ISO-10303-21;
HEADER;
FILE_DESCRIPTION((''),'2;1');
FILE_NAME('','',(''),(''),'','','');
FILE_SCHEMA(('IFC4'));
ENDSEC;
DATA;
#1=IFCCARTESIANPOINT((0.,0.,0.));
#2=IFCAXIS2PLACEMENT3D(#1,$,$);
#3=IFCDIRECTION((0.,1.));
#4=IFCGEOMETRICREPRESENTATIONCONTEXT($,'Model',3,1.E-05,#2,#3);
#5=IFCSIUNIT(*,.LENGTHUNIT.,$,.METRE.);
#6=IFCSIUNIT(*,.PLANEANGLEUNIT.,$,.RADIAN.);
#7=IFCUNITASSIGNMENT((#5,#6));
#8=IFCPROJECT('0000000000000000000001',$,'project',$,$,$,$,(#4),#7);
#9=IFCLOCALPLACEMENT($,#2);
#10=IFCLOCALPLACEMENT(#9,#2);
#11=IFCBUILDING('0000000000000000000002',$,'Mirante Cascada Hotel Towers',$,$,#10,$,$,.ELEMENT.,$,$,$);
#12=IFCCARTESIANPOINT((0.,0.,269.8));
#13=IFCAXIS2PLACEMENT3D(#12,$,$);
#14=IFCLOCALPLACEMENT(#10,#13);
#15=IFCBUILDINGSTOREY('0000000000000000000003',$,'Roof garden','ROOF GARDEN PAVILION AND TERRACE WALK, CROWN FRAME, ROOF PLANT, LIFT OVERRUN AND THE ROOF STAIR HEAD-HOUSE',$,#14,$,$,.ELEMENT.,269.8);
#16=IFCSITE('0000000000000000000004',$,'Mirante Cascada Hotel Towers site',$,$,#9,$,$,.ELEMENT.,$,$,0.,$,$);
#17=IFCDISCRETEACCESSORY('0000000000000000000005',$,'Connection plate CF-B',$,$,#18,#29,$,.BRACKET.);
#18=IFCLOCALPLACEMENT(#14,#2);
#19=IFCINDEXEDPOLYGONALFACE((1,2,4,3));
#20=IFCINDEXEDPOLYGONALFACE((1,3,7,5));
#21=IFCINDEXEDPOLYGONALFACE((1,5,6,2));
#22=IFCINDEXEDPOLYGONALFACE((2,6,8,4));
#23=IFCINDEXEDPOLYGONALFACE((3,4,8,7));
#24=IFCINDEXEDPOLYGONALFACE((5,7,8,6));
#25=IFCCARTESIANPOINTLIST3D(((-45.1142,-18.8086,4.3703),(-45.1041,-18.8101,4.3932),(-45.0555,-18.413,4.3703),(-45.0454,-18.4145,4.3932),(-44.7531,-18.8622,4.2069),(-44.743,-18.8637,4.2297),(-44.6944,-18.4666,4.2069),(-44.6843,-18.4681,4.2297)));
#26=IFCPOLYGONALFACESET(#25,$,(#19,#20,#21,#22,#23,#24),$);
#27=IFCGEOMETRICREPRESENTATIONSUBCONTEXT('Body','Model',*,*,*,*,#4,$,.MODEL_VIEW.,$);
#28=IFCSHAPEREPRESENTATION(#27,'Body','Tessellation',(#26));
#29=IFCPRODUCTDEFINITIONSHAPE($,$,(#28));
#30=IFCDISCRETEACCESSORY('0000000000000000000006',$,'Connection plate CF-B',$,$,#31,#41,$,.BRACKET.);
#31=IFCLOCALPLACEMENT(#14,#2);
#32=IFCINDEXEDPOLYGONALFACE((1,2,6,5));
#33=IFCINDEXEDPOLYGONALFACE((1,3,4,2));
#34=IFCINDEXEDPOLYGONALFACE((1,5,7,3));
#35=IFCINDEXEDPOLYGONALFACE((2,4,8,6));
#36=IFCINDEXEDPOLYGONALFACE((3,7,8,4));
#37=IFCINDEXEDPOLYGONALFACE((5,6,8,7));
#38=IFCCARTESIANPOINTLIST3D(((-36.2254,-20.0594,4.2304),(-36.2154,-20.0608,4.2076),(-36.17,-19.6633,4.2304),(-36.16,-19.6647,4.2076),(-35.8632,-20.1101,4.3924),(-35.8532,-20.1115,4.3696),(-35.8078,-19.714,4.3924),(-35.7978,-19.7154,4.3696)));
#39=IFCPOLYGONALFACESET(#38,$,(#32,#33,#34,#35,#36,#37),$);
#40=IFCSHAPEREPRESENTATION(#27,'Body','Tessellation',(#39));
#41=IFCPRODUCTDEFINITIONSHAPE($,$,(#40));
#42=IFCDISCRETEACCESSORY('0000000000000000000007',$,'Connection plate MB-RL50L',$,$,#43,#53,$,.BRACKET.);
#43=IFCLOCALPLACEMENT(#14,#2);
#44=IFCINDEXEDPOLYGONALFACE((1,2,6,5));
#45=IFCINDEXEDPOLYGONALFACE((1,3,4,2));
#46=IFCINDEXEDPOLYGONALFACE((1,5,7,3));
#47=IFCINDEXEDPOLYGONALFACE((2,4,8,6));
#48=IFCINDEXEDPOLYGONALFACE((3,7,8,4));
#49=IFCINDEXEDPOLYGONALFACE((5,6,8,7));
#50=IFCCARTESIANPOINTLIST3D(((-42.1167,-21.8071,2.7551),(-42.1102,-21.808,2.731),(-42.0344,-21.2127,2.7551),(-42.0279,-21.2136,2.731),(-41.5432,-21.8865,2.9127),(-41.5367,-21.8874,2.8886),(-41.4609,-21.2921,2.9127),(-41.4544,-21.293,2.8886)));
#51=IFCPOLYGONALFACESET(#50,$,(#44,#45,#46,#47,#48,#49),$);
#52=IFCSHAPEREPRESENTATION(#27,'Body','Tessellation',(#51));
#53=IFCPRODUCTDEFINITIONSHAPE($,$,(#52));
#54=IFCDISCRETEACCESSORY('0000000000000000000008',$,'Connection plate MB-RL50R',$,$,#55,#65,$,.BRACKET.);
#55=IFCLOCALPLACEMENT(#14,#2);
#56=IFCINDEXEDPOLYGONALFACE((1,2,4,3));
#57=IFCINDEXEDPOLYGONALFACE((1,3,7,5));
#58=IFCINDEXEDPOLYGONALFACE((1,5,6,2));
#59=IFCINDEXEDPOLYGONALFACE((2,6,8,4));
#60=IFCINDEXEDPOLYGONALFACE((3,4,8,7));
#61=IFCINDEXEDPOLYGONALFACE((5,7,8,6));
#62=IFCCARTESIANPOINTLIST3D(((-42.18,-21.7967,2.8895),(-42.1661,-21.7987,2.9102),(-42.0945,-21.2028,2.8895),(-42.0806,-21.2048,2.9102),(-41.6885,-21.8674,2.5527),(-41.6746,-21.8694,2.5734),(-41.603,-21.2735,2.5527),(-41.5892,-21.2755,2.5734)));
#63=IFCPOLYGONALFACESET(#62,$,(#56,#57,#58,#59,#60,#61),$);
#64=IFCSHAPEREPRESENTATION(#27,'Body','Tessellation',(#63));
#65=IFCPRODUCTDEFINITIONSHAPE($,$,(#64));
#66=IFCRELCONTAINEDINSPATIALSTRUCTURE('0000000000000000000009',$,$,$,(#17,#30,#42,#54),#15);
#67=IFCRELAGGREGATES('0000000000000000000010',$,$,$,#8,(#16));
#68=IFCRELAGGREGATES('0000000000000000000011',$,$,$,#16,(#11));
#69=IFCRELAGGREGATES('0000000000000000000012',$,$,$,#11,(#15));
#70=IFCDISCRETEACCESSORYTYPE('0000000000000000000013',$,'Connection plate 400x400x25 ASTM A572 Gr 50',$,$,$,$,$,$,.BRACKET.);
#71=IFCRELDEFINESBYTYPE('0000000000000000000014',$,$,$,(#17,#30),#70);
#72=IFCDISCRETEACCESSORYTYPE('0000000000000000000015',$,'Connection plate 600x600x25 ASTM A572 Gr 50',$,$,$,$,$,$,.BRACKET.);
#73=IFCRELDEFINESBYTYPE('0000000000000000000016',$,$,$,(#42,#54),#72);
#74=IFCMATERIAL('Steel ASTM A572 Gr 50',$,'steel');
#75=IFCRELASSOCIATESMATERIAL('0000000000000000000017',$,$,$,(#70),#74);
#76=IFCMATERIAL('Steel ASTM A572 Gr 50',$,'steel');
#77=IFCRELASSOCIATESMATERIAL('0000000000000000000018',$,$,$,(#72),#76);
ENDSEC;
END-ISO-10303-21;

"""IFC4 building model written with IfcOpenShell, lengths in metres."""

from ifc_helpers import new_model, si_unit, direction, frame, origin, origin_2d, place, context, subcontext, project, spatial, rectangle, extrude, material, material_profile, profile_set, type_object, element, save


model = new_model("IFC4")

# Units and contexts
model_context = context("Model", 3, precision=1e-05, world=origin(), true_north=direction((0.0, 1.0)))
body_context = subcontext(model_context, "Body", "Model", "MODEL_VIEW")
ifc_project = project(units=[si_unit("LENGTHUNIT", "METRE"), si_unit("PLANEANGLEUNIT", "RADIAN")], contexts=[model_context])

# Site, building, storey
site_placement = place(None, origin())
site = spatial("IfcSite", under=ifc_project, at=site_placement, Name="Mirante Cascada Hotel Towers site", CompositionType="ELEMENT", RefElevation=0.0)
building_placement = place(site_placement, origin())
building = spatial("IfcBuilding", under=site, at=building_placement, Name="Mirante Cascada Hotel Towers", CompositionType="ELEMENT")
storey_placement = place(building_placement, frame((0.0, 0.0, 269.8)))
storey = spatial("IfcBuildingStorey", under=building, at=storey_placement, Name="Roof garden", Description="ROOF GARDEN PAVILION AND TERRACE WALK, CROWN FRAME, ROOF PLANT, LIFT OVERRUN AND THE ROOF STAIR HEAD-HOUSE", CompositionType="ELEMENT", Elevation=269.8)

# Discrete accessories
ifc_material_1 = material(Name="Steel ASTM A572 Gr 50", Category="steel")
ifc_material_profile_1 = material_profile(ifc_material_1, rectangle(XDim=0.4, YDim=0.4, at=origin_2d()), Name="Connection plate 400x400x25 ASTM A572 Gr 50")
ifc_profile_set_1 = profile_set([ifc_material_profile_1], Name="Steel ASTM A572 Gr 50")
discrete_accessory_type_1 = type_object("IfcDiscreteAccessoryType", Name="Connection plate 400x400x25 ASTM A572 Gr 50", PredefinedType="BRACKET", material=ifc_profile_set_1)
discrete_accessory_1_placement = place(storey_placement, frame((-44.9043, -18.6376, 4.2886), z_axis=(0.404291, -0.060043, 0.912657), x_axis=(0.146904, 0.989151, 0.0)))
element("IfcDiscreteAccessory", 1, at=discrete_accessory_1_placement, inside=storey, type_object=discrete_accessory_type_1, Name="Connection plate CF-B", PredefinedType="BRACKET", context=body_context, shape_type="SweptSolid", body=[
    extrude(rectangle(XDim=0.4, YDim=0.4, at=origin_2d()), origin(), (0.0, 0.0, 1.0), 0.025),
])
discrete_accessory_2_placement = place(storey_placement, frame((-36.0066, -19.8881, 4.2886), z_axis=(-0.401028, 0.056144, 0.914344), x_axis=(-0.138648, -0.990342, 0.0)))
element("IfcDiscreteAccessory", 2, at=discrete_accessory_2_placement, inside=storey, type_object=discrete_accessory_type_1, Name="Connection plate CF-B", PredefinedType="BRACKET", context=body_context, shape_type="SweptSolid", body=[
    extrude(rectangle(XDim=0.4, YDim=0.4, at=origin_2d()), origin(), (0.0, 0.0, 1.0), 0.0249),
])
ifc_material_2 = material(Name="Steel ASTM A572 Gr 50", Category="steel")
ifc_material_profile_2 = material_profile(ifc_material_2, rectangle(XDim=0.6, YDim=0.6, at=origin_2d()), Name="Connection plate 600x600x25 ASTM A572 Gr 50")
ifc_profile_set_2 = profile_set([ifc_material_profile_2], Name="Steel ASTM A572 Gr 50")
discrete_accessory_type_2 = type_object("IfcDiscreteAccessoryType", Name="Connection plate 600x600x25 ASTM A572 Gr 50", PredefinedType="BRACKET", material=ifc_profile_set_2)
for number, where, z_axis, x_axis, name in (
    (3, (-41.7823, -21.5505, 2.8098), (-0.260235, 0.036033, 0.964873), (-0.137153, -0.99055, 0.0), "Connection plate MB-RL50L"),
    (4, (-41.8915, -21.5351, 2.7211), (0.555689, -0.079955, 0.827537), (0.142418, 0.989807, 0.0), "Connection plate MB-RL50R"),
):
    element("IfcDiscreteAccessory", number, at=place(storey_placement, frame(where, z_axis=z_axis, x_axis=x_axis)), inside=storey, type_object=discrete_accessory_type_2, Name=name, PredefinedType="BRACKET", context=body_context, shape_type="SweptSolid", body=[
        extrude(rectangle(XDim=0.6, YDim=0.6, at=origin_2d()), origin(), (0.0, 0.0, 1.0), 0.025),
    ])

save(model, "model.ifc")
